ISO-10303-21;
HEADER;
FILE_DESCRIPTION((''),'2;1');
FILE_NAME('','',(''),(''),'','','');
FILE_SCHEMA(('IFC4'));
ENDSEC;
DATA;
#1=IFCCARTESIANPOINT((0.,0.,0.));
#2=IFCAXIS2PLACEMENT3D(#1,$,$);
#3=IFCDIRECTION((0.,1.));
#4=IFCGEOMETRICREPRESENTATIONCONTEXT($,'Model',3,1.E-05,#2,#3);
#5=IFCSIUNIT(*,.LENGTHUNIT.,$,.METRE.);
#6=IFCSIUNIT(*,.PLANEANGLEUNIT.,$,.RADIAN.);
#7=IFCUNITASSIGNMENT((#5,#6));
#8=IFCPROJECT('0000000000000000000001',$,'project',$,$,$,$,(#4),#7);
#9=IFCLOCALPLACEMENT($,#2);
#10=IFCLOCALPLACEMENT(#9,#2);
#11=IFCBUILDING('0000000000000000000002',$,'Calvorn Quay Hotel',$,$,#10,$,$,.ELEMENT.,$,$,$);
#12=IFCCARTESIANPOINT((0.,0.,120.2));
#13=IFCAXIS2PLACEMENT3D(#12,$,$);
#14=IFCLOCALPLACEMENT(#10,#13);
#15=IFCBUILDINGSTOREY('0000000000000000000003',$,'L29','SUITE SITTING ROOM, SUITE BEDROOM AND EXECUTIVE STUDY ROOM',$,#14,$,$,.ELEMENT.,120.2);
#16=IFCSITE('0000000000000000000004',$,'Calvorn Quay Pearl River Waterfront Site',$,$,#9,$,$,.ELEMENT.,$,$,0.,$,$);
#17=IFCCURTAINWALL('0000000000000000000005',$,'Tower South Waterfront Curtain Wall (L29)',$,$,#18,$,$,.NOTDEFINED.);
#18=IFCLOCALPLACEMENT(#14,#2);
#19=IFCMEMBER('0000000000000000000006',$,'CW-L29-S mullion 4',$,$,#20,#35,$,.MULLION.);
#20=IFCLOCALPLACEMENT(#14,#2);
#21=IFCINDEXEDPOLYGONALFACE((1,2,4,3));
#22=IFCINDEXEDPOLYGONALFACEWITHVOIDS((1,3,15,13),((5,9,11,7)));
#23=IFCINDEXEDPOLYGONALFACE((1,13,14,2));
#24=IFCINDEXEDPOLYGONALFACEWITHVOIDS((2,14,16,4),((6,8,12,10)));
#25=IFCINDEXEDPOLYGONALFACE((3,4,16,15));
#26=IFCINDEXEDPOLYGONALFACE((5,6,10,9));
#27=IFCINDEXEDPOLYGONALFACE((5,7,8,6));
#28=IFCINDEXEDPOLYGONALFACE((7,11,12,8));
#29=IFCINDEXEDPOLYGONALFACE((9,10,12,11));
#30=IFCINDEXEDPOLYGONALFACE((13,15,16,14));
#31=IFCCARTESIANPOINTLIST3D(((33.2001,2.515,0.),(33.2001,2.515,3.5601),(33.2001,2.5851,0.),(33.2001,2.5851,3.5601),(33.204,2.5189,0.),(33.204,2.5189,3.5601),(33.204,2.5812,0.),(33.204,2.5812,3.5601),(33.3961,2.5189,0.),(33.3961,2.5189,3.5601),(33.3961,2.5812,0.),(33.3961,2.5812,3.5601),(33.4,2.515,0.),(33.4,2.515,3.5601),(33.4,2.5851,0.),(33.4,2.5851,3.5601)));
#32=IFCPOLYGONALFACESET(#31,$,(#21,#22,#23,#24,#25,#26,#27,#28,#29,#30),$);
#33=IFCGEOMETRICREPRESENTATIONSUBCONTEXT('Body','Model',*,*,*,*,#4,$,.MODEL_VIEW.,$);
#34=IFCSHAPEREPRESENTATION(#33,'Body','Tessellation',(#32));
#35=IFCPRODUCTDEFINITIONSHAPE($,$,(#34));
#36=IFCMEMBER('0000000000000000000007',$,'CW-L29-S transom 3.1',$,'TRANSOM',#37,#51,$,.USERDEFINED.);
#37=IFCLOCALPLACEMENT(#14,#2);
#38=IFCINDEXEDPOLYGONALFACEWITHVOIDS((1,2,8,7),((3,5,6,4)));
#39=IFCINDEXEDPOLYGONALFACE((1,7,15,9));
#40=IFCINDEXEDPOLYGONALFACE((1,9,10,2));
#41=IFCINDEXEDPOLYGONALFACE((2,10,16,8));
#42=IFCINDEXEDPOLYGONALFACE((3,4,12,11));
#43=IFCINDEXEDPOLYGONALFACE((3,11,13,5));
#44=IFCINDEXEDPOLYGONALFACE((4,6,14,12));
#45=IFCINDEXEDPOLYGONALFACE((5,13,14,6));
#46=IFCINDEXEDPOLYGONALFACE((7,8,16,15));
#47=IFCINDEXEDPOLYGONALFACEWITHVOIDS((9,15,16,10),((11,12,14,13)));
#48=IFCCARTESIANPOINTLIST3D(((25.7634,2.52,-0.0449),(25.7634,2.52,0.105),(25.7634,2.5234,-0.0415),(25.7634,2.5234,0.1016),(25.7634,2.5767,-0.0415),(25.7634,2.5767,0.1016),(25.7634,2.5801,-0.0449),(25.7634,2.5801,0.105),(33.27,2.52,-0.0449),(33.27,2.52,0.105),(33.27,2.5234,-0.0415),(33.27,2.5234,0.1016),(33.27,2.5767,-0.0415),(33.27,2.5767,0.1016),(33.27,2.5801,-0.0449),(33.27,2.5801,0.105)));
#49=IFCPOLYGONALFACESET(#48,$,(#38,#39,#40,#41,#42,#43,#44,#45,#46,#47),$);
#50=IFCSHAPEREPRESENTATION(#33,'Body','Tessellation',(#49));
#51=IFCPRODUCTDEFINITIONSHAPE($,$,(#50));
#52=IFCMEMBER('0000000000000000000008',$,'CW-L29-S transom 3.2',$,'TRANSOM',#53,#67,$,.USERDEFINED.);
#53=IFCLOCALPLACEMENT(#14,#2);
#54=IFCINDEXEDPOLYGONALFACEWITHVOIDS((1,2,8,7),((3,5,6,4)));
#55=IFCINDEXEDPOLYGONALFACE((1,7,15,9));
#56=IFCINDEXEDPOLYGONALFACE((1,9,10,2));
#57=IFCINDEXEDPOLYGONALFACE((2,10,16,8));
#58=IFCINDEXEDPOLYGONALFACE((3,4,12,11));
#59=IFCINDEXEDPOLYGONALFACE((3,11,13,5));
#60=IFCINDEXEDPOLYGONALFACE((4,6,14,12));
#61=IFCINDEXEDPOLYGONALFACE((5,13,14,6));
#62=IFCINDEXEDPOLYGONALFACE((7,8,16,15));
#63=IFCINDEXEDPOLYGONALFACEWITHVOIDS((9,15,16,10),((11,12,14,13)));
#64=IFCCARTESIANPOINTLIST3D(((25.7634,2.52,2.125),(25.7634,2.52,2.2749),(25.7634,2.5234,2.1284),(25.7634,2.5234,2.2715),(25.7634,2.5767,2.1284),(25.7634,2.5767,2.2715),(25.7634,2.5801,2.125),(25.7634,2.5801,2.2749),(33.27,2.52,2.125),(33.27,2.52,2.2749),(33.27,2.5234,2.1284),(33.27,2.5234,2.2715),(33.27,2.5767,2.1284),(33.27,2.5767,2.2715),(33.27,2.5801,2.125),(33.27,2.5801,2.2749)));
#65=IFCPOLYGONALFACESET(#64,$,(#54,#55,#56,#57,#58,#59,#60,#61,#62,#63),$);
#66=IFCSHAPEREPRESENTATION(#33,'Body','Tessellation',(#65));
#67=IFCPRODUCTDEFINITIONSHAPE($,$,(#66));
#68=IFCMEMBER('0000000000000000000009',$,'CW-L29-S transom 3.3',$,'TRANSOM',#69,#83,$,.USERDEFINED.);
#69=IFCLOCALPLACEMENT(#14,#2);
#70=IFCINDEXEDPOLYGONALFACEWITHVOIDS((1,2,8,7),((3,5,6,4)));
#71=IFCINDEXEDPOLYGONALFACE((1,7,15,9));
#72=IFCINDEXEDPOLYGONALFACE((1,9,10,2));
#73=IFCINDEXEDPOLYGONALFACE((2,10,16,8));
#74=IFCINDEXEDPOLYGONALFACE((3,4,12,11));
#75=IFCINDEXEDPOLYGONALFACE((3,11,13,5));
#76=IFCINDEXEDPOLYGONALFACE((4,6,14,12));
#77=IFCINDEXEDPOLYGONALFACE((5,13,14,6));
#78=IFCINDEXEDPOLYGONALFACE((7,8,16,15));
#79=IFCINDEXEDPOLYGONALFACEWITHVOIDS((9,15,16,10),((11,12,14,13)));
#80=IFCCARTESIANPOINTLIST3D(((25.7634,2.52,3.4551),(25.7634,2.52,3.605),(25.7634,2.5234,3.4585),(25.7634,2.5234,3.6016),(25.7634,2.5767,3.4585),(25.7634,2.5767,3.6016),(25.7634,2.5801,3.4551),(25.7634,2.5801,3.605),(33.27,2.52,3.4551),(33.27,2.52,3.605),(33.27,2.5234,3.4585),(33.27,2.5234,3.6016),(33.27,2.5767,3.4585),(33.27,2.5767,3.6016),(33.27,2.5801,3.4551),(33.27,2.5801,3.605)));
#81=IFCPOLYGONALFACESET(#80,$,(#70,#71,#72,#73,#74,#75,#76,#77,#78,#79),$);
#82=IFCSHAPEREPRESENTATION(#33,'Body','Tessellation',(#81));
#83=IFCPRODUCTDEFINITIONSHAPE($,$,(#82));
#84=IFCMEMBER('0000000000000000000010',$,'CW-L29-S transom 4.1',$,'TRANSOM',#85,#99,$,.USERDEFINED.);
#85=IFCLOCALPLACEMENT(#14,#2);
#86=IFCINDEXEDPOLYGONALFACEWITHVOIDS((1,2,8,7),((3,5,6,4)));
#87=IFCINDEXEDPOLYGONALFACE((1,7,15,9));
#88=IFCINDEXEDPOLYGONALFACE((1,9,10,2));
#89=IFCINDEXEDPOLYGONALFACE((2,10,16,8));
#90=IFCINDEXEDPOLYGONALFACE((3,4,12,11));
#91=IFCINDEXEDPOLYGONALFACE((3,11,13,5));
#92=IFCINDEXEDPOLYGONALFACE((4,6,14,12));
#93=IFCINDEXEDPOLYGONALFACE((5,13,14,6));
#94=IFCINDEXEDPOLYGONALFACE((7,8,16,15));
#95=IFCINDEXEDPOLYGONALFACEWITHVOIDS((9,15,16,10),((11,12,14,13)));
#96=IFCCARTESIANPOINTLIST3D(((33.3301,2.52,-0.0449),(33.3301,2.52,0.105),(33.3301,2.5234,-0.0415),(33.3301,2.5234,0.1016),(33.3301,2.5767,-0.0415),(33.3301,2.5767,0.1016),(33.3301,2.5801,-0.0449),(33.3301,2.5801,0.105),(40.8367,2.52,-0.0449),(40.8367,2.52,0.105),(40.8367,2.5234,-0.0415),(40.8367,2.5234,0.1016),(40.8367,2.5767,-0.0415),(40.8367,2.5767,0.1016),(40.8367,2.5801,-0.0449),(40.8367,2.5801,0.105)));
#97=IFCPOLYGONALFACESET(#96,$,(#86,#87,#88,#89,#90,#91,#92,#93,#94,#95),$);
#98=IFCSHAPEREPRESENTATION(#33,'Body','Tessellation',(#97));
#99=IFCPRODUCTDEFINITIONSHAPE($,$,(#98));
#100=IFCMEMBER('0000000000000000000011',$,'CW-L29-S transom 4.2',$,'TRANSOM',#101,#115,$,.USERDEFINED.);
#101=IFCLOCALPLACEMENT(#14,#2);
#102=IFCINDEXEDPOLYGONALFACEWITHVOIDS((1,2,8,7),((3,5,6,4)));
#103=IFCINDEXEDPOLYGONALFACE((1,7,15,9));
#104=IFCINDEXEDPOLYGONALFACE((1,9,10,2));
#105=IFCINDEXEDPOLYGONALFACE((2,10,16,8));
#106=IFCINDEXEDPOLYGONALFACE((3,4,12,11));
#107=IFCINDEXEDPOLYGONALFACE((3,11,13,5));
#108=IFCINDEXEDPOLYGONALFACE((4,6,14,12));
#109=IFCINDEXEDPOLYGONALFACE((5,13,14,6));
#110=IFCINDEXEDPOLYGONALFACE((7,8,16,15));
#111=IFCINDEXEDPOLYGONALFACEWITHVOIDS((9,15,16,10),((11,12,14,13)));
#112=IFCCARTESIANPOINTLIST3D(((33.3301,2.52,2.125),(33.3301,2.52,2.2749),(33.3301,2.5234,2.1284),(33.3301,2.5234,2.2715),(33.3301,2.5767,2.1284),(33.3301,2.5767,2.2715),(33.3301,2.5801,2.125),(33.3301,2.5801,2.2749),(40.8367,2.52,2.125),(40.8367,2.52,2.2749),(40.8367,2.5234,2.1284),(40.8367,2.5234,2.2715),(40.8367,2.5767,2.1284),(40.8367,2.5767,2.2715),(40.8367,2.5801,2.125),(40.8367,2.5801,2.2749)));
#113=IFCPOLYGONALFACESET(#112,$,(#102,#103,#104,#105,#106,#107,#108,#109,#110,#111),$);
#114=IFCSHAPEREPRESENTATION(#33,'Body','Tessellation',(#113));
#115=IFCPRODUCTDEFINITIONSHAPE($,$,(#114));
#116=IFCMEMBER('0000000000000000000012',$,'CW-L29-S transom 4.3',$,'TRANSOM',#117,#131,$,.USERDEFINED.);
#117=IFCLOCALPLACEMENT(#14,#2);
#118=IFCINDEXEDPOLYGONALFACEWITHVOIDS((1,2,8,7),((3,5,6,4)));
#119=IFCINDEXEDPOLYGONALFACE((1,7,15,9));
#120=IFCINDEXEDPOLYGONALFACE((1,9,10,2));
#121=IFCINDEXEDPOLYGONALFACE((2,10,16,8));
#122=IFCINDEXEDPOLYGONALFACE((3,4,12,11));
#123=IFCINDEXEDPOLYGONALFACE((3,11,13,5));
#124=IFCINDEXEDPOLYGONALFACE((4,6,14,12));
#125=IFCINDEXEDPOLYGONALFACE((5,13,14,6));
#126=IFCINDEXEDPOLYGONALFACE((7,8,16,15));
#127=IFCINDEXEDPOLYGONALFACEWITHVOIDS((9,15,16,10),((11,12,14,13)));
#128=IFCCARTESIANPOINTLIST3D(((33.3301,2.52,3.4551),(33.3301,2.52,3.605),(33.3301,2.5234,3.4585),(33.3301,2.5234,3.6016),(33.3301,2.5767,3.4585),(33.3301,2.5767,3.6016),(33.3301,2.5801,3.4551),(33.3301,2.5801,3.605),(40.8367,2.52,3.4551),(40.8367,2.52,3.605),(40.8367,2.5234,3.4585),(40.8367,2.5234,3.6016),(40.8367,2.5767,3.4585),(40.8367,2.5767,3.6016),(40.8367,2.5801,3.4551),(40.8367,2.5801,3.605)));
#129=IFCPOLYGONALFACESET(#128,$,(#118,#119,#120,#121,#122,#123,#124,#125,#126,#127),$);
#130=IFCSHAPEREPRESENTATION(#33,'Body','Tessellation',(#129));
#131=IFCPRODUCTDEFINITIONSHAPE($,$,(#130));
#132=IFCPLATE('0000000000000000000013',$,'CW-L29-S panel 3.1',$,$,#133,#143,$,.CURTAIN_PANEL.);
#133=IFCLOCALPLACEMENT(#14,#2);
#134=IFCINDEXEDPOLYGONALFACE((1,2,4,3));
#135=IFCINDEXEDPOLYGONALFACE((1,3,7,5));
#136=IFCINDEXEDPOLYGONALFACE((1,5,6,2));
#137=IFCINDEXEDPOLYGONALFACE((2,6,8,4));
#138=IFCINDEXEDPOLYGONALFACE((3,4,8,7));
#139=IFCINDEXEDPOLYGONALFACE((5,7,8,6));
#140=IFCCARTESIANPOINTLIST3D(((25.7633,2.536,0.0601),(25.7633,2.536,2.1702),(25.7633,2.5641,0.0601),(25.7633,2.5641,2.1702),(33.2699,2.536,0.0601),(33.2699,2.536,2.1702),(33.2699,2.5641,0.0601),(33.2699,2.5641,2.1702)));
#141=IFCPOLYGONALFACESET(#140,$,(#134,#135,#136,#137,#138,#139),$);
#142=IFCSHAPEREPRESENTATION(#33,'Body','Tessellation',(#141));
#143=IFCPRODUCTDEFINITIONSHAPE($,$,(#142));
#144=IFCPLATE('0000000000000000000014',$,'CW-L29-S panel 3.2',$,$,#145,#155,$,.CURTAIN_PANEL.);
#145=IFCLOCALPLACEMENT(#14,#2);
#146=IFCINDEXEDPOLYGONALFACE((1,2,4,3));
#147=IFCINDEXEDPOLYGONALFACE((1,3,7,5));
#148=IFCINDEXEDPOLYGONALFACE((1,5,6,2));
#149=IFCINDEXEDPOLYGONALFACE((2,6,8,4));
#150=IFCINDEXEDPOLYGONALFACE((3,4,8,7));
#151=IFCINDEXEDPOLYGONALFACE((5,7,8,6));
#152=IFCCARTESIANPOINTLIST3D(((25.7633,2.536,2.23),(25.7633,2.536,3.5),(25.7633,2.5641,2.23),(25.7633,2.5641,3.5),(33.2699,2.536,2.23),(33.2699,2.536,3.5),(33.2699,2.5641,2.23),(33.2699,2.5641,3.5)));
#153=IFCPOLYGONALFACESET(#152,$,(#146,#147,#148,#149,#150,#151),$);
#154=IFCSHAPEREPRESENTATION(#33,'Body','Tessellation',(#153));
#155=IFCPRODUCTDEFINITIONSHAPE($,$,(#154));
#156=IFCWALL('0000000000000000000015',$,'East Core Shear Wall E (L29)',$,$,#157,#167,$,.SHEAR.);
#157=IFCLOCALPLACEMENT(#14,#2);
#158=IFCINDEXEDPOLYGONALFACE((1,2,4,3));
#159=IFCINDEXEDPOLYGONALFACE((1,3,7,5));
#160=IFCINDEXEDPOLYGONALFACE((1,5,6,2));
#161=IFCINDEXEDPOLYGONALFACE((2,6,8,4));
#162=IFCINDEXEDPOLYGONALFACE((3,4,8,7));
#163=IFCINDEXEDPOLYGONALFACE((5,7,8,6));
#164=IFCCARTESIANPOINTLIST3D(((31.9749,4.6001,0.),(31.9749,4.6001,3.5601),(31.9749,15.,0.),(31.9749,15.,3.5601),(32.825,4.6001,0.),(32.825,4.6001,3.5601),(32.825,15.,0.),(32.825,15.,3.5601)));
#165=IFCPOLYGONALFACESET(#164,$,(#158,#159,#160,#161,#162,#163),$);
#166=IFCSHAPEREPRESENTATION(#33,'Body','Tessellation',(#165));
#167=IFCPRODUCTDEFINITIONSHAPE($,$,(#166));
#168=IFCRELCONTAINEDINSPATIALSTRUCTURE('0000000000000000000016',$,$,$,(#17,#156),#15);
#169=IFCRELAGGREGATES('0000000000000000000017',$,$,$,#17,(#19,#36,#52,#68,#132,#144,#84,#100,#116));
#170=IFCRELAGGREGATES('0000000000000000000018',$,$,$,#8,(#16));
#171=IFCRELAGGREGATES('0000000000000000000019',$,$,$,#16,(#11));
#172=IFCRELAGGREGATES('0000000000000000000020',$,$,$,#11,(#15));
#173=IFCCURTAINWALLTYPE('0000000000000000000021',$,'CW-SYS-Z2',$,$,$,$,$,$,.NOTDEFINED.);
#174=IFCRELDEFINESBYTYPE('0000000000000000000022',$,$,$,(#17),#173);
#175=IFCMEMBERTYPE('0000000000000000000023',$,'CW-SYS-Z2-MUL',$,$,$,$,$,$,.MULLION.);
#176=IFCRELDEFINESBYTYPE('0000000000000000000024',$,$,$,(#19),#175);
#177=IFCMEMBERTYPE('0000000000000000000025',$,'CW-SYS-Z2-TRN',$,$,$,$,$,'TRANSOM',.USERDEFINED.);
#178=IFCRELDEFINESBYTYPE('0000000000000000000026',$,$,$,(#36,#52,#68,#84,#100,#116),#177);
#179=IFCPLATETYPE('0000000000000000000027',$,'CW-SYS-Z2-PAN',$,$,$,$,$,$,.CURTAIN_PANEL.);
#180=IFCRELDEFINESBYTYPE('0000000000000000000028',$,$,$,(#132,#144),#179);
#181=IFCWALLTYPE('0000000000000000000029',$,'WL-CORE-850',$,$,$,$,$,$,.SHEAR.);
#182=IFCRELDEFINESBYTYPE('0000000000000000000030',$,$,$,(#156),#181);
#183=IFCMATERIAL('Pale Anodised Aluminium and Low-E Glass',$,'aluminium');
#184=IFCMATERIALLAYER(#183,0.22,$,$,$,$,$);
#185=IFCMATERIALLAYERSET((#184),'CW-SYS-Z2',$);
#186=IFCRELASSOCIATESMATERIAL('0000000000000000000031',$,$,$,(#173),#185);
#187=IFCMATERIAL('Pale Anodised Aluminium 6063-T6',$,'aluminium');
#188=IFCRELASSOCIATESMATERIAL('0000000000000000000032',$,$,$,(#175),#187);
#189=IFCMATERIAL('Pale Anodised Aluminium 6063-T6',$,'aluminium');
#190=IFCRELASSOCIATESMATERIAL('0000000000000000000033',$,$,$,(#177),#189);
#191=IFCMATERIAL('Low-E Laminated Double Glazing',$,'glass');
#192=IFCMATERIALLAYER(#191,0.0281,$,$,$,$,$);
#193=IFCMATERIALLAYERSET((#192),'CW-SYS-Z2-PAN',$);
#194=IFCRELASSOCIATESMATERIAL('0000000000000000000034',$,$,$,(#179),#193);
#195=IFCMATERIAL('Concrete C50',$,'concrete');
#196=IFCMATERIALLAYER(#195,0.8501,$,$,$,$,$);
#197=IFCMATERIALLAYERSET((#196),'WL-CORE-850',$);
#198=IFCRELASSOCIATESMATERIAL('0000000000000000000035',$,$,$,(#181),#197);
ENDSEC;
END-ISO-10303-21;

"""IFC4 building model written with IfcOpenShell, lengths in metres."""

from ifc_helpers import new_model, si_unit, direction, frame, frame_2d, origin, origin_2d, place, context, subcontext, project, spatial, rectangle, hollow_rectangle, extrude, material, layer, layer_set, material_profile, profile_set, type_object, element, aggregate, save


model = new_model("IFC4")

# Units and contexts
model_context = context("Model", 3, precision=1e-05, world=origin(), true_north=direction((0.0, 1.0)))
body_context = subcontext(model_context, "Body", "Model", "MODEL_VIEW")
ifc_project = project(units=[si_unit("LENGTHUNIT", "METRE"), si_unit("PLANEANGLEUNIT", "RADIAN")], contexts=[model_context])

# Site, building, storey
site_placement = place(None, origin())
site = spatial("IfcSite", under=ifc_project, at=site_placement, Name="Calvorn Quay Pearl River Waterfront Site", CompositionType="ELEMENT", RefElevation=0.0)
building_placement = place(site_placement, origin())
building = spatial("IfcBuilding", under=site, at=building_placement, Name="Calvorn Quay Hotel", CompositionType="ELEMENT")
storey_placement = place(building_placement, frame((0.0, 0.0, 120.2)))
storey = spatial("IfcBuildingStorey", under=building, at=storey_placement, Name="L29", Description="SUITE SITTING ROOM, SUITE BEDROOM AND EXECUTIVE STUDY ROOM", CompositionType="ELEMENT", Elevation=120.2)

# Curtain wall, members, plates
ifc_material_1 = material(Name="Pale Anodised Aluminium and Low-E Glass", Category="aluminium")
ifc_layer_1 = layer(ifc_material_1, 0.22)
ifc_layer_set_1 = layer_set([ifc_layer_1], Name="CW-SYS-Z2")
curtain_wall_type = type_object("IfcCurtainWallType", Name="CW-SYS-Z2", PredefinedType="NOTDEFINED", material=ifc_layer_set_1)
curtain_wall_placement = place(storey_placement, origin())
curtain_wall = element("IfcCurtainWall", 1, at=curtain_wall_placement, inside=storey, type_object=curtain_wall_type, Name="Tower South Waterfront Curtain Wall (L29)", PredefinedType="NOTDEFINED")
ifc_material_2 = material(Name="Pale Anodised Aluminium 6063-T6", Category="aluminium")
ifc_material_profile_1 = material_profile(ifc_material_2, hollow_rectangle(XDim=0.0701, YDim=0.2, WallThickness=0.0039, at=origin_2d()), Name="ALU-M200x70x4")
ifc_profile_set_1 = profile_set([ifc_material_profile_1], Name="Pale Anodised Aluminium 6063-T6")
member_type_1 = type_object("IfcMemberType", Name="CW-SYS-Z2-MUL", PredefinedType="MULLION", material=ifc_profile_set_1)
member_1_placement = place(storey_placement, frame((33.3, 2.55, 0.0), z_axis=(0.0, 0.0, 1.0), x_axis=(0.0, 1.0, 0.0)))
member_1 = element("IfcMember", 2, at=member_1_placement, type_object=member_type_1, Name="CW-L29-S mullion 4", PredefinedType="MULLION", context=body_context, shape_type="SweptSolid", body=[
    extrude(hollow_rectangle(XDim=0.0701, YDim=0.2, WallThickness=0.0039, at=origin_2d()), origin(), (0.0, 0.0, 1.0), 3.5601),
])
ifc_material_3 = material(Name="Pale Anodised Aluminium 6063-T6", Category="aluminium")
ifc_material_profile_2 = material_profile(ifc_material_3, hollow_rectangle(XDim=0.0601, YDim=0.1499, WallThickness=0.0034, at=origin_2d()), Name="ALU-T150x60x3.5")
ifc_profile_set_2 = profile_set([ifc_material_profile_2], Name="Pale Anodised Aluminium 6063-T6")
member_type_2 = type_object("IfcMemberType", Name="CW-SYS-Z2-TRN", ElementType="TRANSOM", PredefinedType="USERDEFINED", material=ifc_profile_set_2)
member_2_placement = place(storey_placement, frame((25.7634, 2.55, 0.03), z_axis=(1.0, 0.0, 0.0), x_axis=(0.0, 1.0, 0.0)))
member_2 = element("IfcMember", 3, at=member_2_placement, type_object=member_type_2, Name="CW-L29-S transom 3.1", ObjectType="TRANSOM", PredefinedType="USERDEFINED", context=body_context, shape_type="SweptSolid", body=[
    extrude(hollow_rectangle(XDim=0.0601, YDim=0.1499, WallThickness=0.0034, at=origin_2d()), origin(), (0.0, 0.0, 1.0), 7.5066),
])
member_3_placement = place(storey_placement, frame((25.7634, 2.55, 2.2), z_axis=(1.0, 0.0, 0.0), x_axis=(0.0, 1.0, 0.0)))
member_3 = element("IfcMember", 4, at=member_3_placement, type_object=member_type_2, Name="CW-L29-S transom 3.2", ObjectType="TRANSOM", PredefinedType="USERDEFINED", context=body_context, shape_type="SweptSolid", body=[
    extrude(hollow_rectangle(XDim=0.0601, YDim=0.1499, WallThickness=0.0034, at=origin_2d()), origin(), (0.0, 0.0, 1.0), 7.5066),
])
member_4_placement = place(storey_placement, frame((25.7634, 2.55, 3.53), z_axis=(1.0, 0.0, 0.0), x_axis=(0.0, 1.0, 0.0)))
member_4 = element("IfcMember", 5, at=member_4_placement, type_object=member_type_2, Name="CW-L29-S transom 3.3", ObjectType="TRANSOM", PredefinedType="USERDEFINED", context=body_context, shape_type="SweptSolid", body=[
    extrude(hollow_rectangle(XDim=0.0601, YDim=0.1499, WallThickness=0.0034, at=origin_2d()), origin(), (0.0, 0.0, 1.0), 7.5066),
])
member_5_placement = place(storey_placement, frame((33.3301, 2.55, 0.03), z_axis=(1.0, 0.0, 0.0), x_axis=(0.0, 1.0, 0.0)))
member_5 = element("IfcMember", 6, at=member_5_placement, type_object=member_type_2, Name="CW-L29-S transom 4.1", ObjectType="TRANSOM", PredefinedType="USERDEFINED", context=body_context, shape_type="SweptSolid", body=[
    extrude(hollow_rectangle(XDim=0.0601, YDim=0.1499, WallThickness=0.0034, at=origin_2d()), origin(), (0.0, 0.0, 1.0), 7.5066),
])
member_6_placement = place(storey_placement, frame((33.3301, 2.55, 2.2), z_axis=(1.0, 0.0, 0.0), x_axis=(0.0, 1.0, 0.0)))
member_6 = element("IfcMember", 7, at=member_6_placement, type_object=member_type_2, Name="CW-L29-S transom 4.2", ObjectType="TRANSOM", PredefinedType="USERDEFINED", context=body_context, shape_type="SweptSolid", body=[
    extrude(hollow_rectangle(XDim=0.0601, YDim=0.1499, WallThickness=0.0034, at=origin_2d()), origin(), (0.0, 0.0, 1.0), 7.5066),
])
member_7_placement = place(storey_placement, frame((33.3301, 2.55, 3.53), z_axis=(1.0, 0.0, 0.0), x_axis=(0.0, 1.0, 0.0)))
member_7 = element("IfcMember", 8, at=member_7_placement, type_object=member_type_2, Name="CW-L29-S transom 4.3", ObjectType="TRANSOM", PredefinedType="USERDEFINED", context=body_context, shape_type="SweptSolid", body=[
    extrude(hollow_rectangle(XDim=0.0601, YDim=0.1499, WallThickness=0.0034, at=origin_2d()), origin(), (0.0, 0.0, 1.0), 7.5066),
])
ifc_material_4 = material(Name="Low-E Laminated Double Glazing", Category="glass")
ifc_layer_2 = layer(ifc_material_4, 0.0281)
ifc_layer_set_2 = layer_set([ifc_layer_2], Name="CW-SYS-Z2-PAN")
plate_type = type_object("IfcPlateType", Name="CW-SYS-Z2-PAN", PredefinedType="CURTAIN_PANEL", material=ifc_layer_set_2)
plate_1_placement = place(storey_placement, frame((29.5166, 2.55, 0.0601), z_axis=(0.0, 0.0, 1.0), x_axis=(1.0, 0.0, 0.0)))
plate_1 = element("IfcPlate", 9, at=plate_1_placement, type_object=plate_type, Name="CW-L29-S panel 3.1", PredefinedType="CURTAIN_PANEL", context=body_context, shape_type="SweptSolid", body=[
    extrude(rectangle(XDim=7.5066, YDim=0.0281, at=origin_2d()), origin(), (0.0, 0.0, 1.0), 2.1101),
])
plate_2_placement = place(storey_placement, frame((29.5166, 2.55, 2.23), z_axis=(0.0, 0.0, 1.0), x_axis=(1.0, 0.0, 0.0)))
plate_2 = element("IfcPlate", 10, at=plate_2_placement, type_object=plate_type, Name="CW-L29-S panel 3.2", PredefinedType="CURTAIN_PANEL", context=body_context, shape_type="SweptSolid", body=[
    extrude(rectangle(XDim=7.5066, YDim=0.0281, at=origin_2d()), origin(), (0.0, 0.0, 1.0), 1.27),
])
aggregate(curtain_wall, [member_1, member_2, member_3, member_4, plate_1, plate_2, member_5, member_6, member_7])

# Wall
ifc_material_5 = material(Name="Concrete C50", Category="concrete")
ifc_layer_3 = layer(ifc_material_5, 0.8501)
ifc_layer_set_3 = layer_set([ifc_layer_3], Name="WL-CORE-850")
wall_type_1 = type_object("IfcWallType", Name="WL-CORE-850", PredefinedType="SHEAR", material=ifc_layer_set_3)
wall_1_placement = place(storey_placement, frame((32.3999, 4.6001, 0.0), z_axis=(0.0, 0.0, 1.0), x_axis=(0.0, 1.0, 0.0)))
element("IfcWall", 11, at=wall_1_placement, inside=storey, type_object=wall_type_1, Name="East Core Shear Wall E (L29)", PredefinedType="SHEAR", context=body_context, shape_type="SweptSolid", body=[
    extrude(rectangle(XDim=10.3999, YDim=0.8501, at=frame_2d((5.2, 0.0))), origin(), (0.0, 0.0, 1.0), 3.5601),
])

save(model, "model.ifc")
